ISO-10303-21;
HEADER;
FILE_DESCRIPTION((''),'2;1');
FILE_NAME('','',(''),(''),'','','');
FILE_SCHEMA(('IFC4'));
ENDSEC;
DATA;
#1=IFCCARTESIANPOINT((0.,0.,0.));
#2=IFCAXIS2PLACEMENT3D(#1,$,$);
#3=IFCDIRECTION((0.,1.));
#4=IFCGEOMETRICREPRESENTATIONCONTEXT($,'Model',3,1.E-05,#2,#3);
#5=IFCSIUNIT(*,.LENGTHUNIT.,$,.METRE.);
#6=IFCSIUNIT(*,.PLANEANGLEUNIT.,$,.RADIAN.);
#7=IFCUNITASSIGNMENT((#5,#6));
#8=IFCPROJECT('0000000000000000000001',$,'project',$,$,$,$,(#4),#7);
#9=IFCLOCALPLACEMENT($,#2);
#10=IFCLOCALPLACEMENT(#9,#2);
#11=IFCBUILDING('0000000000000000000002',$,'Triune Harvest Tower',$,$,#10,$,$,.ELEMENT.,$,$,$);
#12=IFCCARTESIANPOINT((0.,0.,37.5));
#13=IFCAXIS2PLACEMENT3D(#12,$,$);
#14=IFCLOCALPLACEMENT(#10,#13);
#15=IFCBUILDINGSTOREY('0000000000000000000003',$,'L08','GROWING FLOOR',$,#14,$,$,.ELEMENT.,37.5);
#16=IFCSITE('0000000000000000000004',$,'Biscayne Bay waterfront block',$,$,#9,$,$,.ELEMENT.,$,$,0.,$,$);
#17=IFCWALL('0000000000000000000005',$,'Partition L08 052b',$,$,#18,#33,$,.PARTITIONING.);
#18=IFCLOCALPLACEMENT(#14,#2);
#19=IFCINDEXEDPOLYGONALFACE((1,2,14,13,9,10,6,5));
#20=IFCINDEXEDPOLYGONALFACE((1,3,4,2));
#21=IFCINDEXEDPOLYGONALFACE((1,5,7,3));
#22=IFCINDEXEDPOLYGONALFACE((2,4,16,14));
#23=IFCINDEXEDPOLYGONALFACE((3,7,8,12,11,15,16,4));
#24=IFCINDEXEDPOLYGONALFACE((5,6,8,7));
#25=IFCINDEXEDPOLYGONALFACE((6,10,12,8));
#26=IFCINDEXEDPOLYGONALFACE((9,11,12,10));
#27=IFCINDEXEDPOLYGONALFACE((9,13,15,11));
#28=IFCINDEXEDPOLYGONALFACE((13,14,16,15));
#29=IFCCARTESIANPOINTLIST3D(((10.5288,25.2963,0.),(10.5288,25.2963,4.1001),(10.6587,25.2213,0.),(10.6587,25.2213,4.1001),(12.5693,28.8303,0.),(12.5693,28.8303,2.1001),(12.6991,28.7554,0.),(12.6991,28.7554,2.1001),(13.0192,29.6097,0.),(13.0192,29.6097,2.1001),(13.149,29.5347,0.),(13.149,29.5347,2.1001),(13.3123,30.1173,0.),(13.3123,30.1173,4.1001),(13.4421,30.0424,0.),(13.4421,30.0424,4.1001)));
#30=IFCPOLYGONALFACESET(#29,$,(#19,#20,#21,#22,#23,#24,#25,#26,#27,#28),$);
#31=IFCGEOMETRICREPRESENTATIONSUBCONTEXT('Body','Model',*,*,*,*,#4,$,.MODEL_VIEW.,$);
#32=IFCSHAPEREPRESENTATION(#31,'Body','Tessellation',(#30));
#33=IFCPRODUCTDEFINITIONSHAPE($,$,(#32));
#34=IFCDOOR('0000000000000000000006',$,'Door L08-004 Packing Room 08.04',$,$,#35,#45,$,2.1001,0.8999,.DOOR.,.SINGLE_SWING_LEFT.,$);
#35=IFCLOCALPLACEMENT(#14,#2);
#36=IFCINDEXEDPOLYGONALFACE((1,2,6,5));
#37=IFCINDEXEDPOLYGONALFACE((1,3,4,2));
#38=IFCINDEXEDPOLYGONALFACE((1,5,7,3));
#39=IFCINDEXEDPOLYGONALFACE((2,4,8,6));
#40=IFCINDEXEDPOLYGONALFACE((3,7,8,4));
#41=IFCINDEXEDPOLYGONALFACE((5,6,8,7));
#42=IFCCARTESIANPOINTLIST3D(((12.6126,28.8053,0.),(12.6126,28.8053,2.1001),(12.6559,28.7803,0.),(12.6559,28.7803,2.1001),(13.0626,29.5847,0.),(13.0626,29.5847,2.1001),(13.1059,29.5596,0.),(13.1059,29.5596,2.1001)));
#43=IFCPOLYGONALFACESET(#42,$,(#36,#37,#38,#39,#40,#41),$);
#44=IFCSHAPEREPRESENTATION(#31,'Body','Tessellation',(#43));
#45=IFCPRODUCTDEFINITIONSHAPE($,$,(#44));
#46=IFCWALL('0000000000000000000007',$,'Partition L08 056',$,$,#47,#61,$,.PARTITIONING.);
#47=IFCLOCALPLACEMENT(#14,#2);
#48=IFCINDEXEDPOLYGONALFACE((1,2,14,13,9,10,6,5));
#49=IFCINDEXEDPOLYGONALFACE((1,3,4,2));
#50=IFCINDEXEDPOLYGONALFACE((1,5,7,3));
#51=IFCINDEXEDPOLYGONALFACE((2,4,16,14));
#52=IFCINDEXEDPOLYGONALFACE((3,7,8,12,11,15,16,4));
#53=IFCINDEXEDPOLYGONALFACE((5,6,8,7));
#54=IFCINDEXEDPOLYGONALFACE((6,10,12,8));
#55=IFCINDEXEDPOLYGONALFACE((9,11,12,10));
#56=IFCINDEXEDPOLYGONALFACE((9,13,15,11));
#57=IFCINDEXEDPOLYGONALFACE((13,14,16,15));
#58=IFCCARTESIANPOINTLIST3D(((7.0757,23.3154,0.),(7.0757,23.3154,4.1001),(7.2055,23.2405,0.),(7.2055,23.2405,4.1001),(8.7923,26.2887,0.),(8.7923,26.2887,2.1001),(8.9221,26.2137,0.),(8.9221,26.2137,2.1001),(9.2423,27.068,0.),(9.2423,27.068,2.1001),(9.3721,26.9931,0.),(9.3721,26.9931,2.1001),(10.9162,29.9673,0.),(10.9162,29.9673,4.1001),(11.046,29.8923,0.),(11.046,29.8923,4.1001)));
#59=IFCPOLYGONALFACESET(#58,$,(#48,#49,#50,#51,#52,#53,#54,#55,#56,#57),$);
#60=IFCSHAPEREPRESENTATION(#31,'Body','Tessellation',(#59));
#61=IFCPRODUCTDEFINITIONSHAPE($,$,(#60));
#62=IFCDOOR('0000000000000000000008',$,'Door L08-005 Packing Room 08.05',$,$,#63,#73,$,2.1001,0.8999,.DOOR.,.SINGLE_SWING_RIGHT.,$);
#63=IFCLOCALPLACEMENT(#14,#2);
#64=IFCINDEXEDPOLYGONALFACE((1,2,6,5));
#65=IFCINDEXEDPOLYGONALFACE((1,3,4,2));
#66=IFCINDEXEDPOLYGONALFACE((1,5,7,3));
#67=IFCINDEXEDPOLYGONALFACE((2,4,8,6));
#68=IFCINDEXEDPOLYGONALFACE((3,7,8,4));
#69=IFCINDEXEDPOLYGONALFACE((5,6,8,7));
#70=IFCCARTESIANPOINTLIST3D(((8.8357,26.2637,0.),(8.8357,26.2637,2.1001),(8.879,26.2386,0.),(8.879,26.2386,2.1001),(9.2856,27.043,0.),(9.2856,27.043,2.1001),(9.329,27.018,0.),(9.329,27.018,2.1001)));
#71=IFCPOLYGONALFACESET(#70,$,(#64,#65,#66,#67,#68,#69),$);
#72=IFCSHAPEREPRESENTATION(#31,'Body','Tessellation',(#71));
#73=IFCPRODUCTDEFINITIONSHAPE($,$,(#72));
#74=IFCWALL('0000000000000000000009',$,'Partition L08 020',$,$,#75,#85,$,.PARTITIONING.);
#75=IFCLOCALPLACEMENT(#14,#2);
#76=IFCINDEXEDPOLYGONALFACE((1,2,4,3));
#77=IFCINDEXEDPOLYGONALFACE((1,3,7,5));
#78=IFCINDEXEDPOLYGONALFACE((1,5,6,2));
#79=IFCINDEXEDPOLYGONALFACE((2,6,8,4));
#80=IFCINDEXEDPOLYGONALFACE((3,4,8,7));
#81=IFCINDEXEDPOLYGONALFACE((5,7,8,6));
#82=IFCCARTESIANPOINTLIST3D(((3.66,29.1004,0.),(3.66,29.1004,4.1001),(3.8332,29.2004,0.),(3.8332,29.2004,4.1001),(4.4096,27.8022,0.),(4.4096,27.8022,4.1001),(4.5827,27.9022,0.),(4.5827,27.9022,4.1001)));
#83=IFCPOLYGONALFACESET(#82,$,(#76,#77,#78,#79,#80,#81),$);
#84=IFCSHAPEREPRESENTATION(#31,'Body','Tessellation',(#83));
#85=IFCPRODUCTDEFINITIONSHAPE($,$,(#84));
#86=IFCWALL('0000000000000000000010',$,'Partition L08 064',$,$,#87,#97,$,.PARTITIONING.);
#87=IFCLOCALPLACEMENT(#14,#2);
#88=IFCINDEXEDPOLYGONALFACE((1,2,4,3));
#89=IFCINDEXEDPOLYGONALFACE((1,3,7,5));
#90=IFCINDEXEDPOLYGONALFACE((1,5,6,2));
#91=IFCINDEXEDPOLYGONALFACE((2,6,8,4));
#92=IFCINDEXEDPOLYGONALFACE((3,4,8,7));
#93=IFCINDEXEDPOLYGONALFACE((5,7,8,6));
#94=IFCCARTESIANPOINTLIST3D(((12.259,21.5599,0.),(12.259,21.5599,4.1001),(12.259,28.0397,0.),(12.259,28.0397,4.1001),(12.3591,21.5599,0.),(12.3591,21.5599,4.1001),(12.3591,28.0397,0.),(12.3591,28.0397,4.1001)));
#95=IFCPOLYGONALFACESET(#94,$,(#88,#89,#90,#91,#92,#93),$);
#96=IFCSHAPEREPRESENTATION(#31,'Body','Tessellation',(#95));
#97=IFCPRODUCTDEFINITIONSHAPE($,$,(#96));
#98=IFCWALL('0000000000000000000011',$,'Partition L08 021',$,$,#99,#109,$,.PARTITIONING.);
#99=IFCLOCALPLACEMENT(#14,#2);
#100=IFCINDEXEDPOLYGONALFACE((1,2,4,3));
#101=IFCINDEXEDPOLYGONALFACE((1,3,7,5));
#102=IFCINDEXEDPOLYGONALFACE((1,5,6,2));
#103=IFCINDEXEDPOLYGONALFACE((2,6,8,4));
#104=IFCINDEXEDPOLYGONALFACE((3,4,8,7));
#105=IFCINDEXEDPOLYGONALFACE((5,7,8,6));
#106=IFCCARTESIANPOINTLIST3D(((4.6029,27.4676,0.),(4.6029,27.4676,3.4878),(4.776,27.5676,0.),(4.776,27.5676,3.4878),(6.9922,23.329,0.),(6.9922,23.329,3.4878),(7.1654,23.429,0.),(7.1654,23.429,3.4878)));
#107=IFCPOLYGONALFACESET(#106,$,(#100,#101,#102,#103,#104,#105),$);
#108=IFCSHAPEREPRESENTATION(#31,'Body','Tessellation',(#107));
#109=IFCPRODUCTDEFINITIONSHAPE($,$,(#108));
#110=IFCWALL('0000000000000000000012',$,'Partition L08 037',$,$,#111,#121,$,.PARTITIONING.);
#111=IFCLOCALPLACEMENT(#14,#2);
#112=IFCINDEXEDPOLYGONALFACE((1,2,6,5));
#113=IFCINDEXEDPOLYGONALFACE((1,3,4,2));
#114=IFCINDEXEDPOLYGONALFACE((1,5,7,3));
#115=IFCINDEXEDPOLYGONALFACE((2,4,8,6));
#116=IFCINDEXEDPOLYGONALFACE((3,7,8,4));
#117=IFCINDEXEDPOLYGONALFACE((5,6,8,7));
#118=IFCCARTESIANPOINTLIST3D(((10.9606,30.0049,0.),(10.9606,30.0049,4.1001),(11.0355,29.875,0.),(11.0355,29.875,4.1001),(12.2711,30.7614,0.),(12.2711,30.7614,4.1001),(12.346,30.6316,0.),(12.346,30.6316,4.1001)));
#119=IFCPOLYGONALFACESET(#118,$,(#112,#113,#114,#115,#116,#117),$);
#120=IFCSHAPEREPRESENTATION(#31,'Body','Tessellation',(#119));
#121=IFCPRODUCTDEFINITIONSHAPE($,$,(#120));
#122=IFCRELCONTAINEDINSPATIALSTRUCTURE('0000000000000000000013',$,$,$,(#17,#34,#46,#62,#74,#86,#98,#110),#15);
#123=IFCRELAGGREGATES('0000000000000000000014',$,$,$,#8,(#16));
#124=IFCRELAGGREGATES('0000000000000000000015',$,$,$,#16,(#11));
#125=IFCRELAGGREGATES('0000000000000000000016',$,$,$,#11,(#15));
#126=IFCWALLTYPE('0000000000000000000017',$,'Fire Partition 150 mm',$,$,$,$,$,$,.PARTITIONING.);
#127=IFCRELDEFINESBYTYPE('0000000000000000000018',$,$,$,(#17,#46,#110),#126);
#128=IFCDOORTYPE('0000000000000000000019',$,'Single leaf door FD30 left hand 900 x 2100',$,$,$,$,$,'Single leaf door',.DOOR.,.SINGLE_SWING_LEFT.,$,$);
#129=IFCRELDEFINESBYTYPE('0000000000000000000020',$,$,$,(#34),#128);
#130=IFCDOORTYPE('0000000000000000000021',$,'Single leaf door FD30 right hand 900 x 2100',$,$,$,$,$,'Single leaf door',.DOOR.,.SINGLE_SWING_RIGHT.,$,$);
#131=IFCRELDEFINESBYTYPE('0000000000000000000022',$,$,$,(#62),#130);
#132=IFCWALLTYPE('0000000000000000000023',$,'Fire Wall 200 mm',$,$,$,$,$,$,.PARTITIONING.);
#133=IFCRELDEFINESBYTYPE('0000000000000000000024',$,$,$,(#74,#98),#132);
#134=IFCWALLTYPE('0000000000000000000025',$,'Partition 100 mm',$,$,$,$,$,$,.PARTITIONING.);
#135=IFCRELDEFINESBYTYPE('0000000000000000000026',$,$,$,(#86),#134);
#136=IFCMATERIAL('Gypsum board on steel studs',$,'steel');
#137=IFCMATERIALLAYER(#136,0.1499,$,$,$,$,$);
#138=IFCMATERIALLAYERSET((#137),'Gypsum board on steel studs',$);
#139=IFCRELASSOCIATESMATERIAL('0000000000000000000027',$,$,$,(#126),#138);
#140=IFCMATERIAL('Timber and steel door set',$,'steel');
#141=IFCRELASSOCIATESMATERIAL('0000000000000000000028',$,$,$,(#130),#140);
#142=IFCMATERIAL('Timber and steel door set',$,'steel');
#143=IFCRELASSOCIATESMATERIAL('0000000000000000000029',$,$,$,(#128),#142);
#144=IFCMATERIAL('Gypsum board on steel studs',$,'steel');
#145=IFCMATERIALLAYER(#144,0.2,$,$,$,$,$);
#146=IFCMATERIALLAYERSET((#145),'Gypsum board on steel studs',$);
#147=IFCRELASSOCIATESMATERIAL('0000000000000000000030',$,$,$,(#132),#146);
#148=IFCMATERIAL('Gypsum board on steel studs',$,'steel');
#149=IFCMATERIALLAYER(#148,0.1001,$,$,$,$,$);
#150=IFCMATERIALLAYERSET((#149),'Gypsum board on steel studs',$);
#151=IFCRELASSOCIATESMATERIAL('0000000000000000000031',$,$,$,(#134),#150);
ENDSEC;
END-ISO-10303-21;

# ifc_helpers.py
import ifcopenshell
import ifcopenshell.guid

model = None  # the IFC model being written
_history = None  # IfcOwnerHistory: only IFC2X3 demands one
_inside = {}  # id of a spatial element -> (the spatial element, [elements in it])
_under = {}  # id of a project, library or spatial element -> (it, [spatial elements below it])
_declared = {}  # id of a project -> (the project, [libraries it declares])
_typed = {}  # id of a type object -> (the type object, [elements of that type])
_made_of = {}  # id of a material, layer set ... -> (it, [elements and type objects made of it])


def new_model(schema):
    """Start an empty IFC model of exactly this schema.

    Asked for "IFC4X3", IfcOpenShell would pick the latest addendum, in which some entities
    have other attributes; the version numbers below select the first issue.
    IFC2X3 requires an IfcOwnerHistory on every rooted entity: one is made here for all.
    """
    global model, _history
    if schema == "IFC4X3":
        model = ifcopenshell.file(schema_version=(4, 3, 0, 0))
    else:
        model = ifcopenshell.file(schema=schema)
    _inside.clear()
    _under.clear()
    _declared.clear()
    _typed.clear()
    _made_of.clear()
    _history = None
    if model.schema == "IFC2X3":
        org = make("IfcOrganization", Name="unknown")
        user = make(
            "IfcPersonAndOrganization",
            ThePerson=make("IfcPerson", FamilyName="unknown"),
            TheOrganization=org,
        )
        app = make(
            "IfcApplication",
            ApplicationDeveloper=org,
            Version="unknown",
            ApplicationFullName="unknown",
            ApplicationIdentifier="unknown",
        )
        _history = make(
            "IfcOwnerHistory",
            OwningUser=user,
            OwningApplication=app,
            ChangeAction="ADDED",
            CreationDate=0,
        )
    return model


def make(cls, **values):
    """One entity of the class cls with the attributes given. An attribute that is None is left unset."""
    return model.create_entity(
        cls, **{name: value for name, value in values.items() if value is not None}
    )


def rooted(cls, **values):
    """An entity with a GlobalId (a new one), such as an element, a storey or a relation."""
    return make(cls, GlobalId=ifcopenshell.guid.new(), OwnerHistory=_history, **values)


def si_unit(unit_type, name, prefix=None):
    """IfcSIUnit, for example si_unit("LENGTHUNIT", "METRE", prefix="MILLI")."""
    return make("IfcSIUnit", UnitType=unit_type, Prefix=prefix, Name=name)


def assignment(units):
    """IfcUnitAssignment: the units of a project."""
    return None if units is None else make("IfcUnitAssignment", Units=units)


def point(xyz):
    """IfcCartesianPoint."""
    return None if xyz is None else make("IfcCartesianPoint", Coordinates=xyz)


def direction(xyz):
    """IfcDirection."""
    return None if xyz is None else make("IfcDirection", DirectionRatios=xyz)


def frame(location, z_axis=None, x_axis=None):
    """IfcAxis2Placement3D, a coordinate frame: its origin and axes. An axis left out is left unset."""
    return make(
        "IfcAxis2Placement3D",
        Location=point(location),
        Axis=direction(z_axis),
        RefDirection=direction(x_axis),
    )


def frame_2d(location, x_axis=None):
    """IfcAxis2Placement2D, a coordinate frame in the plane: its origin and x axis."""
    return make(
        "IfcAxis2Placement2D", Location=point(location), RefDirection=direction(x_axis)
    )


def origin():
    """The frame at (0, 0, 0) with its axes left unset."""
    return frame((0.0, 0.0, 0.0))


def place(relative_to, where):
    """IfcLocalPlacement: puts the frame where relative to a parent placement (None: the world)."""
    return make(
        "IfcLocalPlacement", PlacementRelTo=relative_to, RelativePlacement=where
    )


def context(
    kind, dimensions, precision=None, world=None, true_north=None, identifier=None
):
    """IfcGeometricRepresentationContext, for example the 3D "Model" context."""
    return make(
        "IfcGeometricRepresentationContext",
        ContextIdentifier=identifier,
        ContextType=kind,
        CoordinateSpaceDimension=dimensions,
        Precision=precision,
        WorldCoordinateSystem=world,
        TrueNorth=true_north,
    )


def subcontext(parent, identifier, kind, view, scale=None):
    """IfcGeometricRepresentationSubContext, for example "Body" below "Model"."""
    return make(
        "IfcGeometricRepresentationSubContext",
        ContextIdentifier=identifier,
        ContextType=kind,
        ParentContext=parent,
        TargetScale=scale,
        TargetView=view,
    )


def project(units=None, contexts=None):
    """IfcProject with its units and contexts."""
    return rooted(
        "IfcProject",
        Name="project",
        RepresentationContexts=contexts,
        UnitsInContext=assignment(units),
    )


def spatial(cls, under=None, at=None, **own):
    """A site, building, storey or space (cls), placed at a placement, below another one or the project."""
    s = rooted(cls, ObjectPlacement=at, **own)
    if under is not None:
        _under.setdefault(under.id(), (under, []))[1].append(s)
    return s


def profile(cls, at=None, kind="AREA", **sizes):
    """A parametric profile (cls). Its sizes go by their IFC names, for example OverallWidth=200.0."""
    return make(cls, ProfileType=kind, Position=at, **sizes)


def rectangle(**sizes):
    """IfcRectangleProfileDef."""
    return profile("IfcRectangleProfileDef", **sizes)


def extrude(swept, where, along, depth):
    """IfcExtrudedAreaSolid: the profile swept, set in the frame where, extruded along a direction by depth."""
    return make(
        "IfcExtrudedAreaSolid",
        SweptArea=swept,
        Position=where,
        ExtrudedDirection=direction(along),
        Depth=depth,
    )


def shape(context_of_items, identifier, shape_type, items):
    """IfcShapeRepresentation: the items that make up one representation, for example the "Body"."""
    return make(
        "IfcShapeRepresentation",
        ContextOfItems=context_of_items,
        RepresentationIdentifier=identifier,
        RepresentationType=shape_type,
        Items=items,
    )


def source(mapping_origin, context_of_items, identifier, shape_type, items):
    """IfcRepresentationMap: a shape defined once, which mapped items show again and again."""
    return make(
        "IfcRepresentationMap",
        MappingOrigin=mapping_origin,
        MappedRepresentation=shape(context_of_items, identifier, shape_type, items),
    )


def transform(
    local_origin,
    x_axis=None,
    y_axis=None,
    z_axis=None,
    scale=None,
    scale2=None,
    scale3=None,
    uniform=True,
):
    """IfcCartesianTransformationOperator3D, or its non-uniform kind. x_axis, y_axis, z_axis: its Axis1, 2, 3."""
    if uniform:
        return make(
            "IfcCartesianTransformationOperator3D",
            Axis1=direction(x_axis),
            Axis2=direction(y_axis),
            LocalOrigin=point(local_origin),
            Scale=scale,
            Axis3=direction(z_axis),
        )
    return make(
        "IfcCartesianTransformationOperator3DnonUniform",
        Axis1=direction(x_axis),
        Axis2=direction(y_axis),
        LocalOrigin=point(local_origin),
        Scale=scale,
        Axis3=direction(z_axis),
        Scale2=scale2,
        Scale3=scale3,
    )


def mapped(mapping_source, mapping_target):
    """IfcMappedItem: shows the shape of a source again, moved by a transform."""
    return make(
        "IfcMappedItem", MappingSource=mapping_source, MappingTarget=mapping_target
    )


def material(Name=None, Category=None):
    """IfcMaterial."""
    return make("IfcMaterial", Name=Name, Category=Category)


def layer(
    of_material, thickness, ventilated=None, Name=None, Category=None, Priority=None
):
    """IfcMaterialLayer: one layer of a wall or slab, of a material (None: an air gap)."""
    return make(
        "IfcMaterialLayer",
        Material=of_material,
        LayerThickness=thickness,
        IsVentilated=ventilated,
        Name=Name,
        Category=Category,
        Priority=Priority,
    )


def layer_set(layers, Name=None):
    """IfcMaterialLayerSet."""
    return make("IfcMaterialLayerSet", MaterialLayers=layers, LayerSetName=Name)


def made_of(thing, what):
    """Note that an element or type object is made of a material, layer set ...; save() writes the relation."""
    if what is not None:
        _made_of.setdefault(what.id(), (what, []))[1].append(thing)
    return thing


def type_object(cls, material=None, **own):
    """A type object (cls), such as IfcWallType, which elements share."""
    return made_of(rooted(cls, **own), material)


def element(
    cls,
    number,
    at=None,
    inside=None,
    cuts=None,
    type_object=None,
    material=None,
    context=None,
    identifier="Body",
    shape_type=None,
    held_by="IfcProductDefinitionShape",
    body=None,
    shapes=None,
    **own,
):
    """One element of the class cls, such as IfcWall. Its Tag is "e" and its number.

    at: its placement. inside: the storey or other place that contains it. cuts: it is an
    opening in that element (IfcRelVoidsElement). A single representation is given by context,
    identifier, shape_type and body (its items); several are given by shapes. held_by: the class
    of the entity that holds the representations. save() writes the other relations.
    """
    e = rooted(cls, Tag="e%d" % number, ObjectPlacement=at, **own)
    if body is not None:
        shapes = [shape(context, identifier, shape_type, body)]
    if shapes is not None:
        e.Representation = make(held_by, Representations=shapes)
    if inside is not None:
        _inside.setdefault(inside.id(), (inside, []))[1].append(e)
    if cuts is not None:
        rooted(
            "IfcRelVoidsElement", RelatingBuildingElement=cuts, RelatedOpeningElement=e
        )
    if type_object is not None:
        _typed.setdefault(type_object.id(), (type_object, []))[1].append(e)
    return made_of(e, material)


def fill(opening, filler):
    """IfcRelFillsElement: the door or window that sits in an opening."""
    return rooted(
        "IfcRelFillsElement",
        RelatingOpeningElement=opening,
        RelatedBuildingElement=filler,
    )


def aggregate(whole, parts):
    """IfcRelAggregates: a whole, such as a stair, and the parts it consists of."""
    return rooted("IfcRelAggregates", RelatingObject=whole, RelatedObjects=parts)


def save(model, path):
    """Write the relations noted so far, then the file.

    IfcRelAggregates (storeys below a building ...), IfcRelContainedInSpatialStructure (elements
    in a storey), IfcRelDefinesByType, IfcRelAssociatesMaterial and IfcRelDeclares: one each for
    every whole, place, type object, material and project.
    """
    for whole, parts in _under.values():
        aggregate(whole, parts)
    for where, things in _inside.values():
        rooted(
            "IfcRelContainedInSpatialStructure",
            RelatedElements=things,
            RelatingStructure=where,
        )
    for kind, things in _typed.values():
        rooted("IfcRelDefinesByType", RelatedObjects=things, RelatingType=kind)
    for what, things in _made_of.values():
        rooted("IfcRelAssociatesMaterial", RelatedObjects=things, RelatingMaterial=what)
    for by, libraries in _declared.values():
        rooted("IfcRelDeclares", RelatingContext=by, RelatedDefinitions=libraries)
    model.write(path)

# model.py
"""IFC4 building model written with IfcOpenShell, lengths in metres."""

from ifc_helpers import new_model, si_unit, direction, frame, frame_2d, origin, place, context, subcontext, project, spatial, rectangle, extrude, source, transform, mapped, material, layer, layer_set, type_object, element, fill, save


model = new_model("IFC4")

# Units and contexts
model_context = context("Model", 3, precision=1e-05, world=origin(), true_north=direction((0.0, 1.0)))
body_context = subcontext(model_context, "Body", "Model", "MODEL_VIEW")
ifc_project = project(units=[si_unit("LENGTHUNIT", "METRE"), si_unit("PLANEANGLEUNIT", "RADIAN")], contexts=[model_context])

# Site, building, storey
site_placement = place(None, origin())
site = spatial("IfcSite", under=ifc_project, at=site_placement, Name="Biscayne Bay waterfront block", CompositionType="ELEMENT", RefElevation=0.0)
building_placement = place(site_placement, origin())
building = spatial("IfcBuilding", under=site, at=building_placement, Name="Triune Harvest Tower", CompositionType="ELEMENT")
storey_placement = place(building_placement, frame((0.0, 0.0, 37.5)))
storey = spatial("IfcBuildingStorey", under=building, at=storey_placement, Name="L08", Description="GROWING FLOOR", CompositionType="ELEMENT", Elevation=37.5)

# Walls, openings, doors
ifc_material_1 = material(Name="Gypsum board on steel studs", Category="steel")
ifc_layer_1 = layer(ifc_material_1, 0.1499)
ifc_layer_set_1 = layer_set([ifc_layer_1], Name="Gypsum board on steel studs")
wall_type_1 = type_object("IfcWallType", Name="Fire Partition 150 mm", PredefinedType="PARTITIONING", material=ifc_layer_set_1)
ifc_material_2 = material(Name="Timber and steel door set", Category="steel")
door_type_1 = type_object("IfcDoorType", Name="Single leaf door FD30 right hand 900 x 2100", ElementType="Single leaf door", OperationType="SINGLE_SWING_RIGHT", PredefinedType="DOOR", material=ifc_material_2)
wall_1_placement = place(storey_placement, frame((10.5938, 25.2588, 0.0), z_axis=(0.0, 0.0, 1.0), x_axis=(0.500002, 0.866024, 0.0)))
wall_1 = element("IfcWall", 1, at=wall_1_placement, inside=storey, type_object=wall_type_1, Name="Partition L08 052b", PredefinedType="PARTITIONING", context=body_context, shape_type="SweptSolid", body=[
    extrude(rectangle(XDim=5.5669, YDim=0.1499, at=frame_2d((2.7834, 0.0))), origin(), (0.0, 0.0, 1.0), 4.1001),
])
opening_1_placement = place(wall_1_placement, frame((4.0808, 0.0, 0.0)))
opening_1 = element("IfcOpeningElement", 2, at=opening_1_placement, cuts=wall_1, PredefinedType="OPENING", context=body_context, shape_type="SweptSolid", body=[
    extrude(rectangle(XDim=0.8999, YDim=2.1001, at=frame_2d((0.45, 1.05))), frame((0.0, 0.085, 0.0), z_axis=(0.0, -1.0, 0.0), x_axis=(1.0, 0.0, 0.0)), (0.0, 0.0, 1.0), 0.1699),
])
ifc_material_3 = material(Name="Timber and steel door set", Category="steel")
door_type_2 = type_object("IfcDoorType", Name="Single leaf door FD30 left hand 900 x 2100", ElementType="Single leaf door", OperationType="SINGLE_SWING_LEFT", PredefinedType="DOOR", material=ifc_material_3)
door_1_placement = place(opening_1_placement, origin())
door_1 = element("IfcDoor", 3, at=door_1_placement, inside=storey, type_object=door_type_2, Name="Door L08-004 Packing Room 08.04", OperationType="SINGLE_SWING_LEFT", OverallHeight=2.1001, OverallWidth=0.8999, PredefinedType="DOOR", context=body_context, shape_type="SweptSolid", body=[
    extrude(rectangle(XDim=0.8999, YDim=2.1001, at=frame_2d((0.45, 1.05))), frame((0.0, 0.0249, 0.0), z_axis=(0.0, -1.0, 0.0), x_axis=(1.0, 0.0, 0.0)), (0.0, 0.0, 1.0), 0.05),
])
fill(opening_1, door_1)
wall_2_placement = place(storey_placement, frame((7.1406, 23.2781, 0.0), z_axis=(0.0, 0.0, 1.0), x_axis=(0.500012, 0.866018, 0.0)))
wall_2 = element("IfcWall", 4, at=wall_2_placement, inside=storey, type_object=wall_type_1, Name="Partition L08 056", PredefinedType="PARTITIONING", context=body_context, shape_type="SweptSolid", body=[
    extrude(rectangle(XDim=7.6809, YDim=0.1499, at=frame_2d((3.8403, 0.0))), origin(), (0.0, 0.0, 1.0), 4.1001),
])
opening_2_placement = place(wall_2_placement, frame((3.4331, 0.0, 0.0)))
opening_2 = element("IfcOpeningElement", 5, at=opening_2_placement, cuts=wall_2, PredefinedType="OPENING", context=body_context, shape_type="SweptSolid", body=[
    extrude(rectangle(XDim=0.8999, YDim=2.1001, at=frame_2d((0.45, 1.05))), frame((0.0, 0.085, 0.0), z_axis=(0.0, -1.0, 0.0), x_axis=(1.0, 0.0, 0.0)), (0.0, 0.0, 1.0), 0.1699),
])
door_2_placement = place(opening_2_placement, origin())
door_2 = element("IfcDoor", 6, at=door_2_placement, inside=storey, type_object=door_type_1, Name="Door L08-005 Packing Room 08.05", OperationType="SINGLE_SWING_RIGHT", OverallHeight=2.1001, OverallWidth=0.8999, PredefinedType="DOOR", context=body_context, shape_type="SweptSolid", body=[
    extrude(rectangle(XDim=0.8999, YDim=2.1001, at=frame_2d((0.45, 1.05))), frame((0.0, 0.0249, 0.0), z_axis=(0.0, -1.0, 0.0), x_axis=(1.0, 0.0, 0.0)), (0.0, 0.0, 1.0), 0.05),
])
fill(opening_2, door_2)

# Walls
ifc_material_4 = material(Name="Gypsum board on steel studs", Category="steel")
ifc_layer_2 = layer(ifc_material_4, 0.2)
ifc_layer_set_2 = layer_set([ifc_layer_2], Name="Gypsum board on steel studs")
wall_type_2 = type_object("IfcWallType", Name="Fire Wall 200 mm", PredefinedType="PARTITIONING", material=ifc_layer_set_2)
wall_3_placement = place(storey_placement, frame((3.7466, 29.1504, 0.0), z_axis=(0.0, 0.0, 1.0), x_axis=(0.500028, -0.866009, 0.0)))
element("IfcWall", 7, at=wall_3_placement, inside=storey, type_object=wall_type_2, Name="Partition L08 020", PredefinedType="PARTITIONING", context=body_context, shape_type="SweptSolid", body=[
    extrude(rectangle(XDim=1.499, YDim=0.2, at=frame_2d((0.7495, 0.0))), origin(), (0.0, 0.0, 1.0), 4.1001),
])
ifc_material_5 = material(Name="Gypsum board on steel studs", Category="steel")
ifc_layer_3 = layer(ifc_material_5, 0.1001)
ifc_layer_set_3 = layer_set([ifc_layer_3], Name="Gypsum board on steel studs")
wall_type_3 = type_object("IfcWallType", Name="Partition 100 mm", PredefinedType="PARTITIONING", material=ifc_layer_set_3)
wall_4_placement = place(storey_placement, frame((12.3091, 21.5601, 0.0), z_axis=(0.0, 0.0, 1.0), x_axis=(0.0, 1.0, 0.0)))
element("IfcWall", 8, at=wall_4_placement, inside=storey, type_object=wall_type_3, Name="Partition L08 064", PredefinedType="PARTITIONING", context=body_context, shape_type="SweptSolid", body=[
    extrude(rectangle(XDim=6.4797, YDim=0.1001, at=frame_2d((3.2397, 0.0))), origin(), (0.0, 0.0, 1.0), 4.1001),
])
shared_shape_1 = source(origin(), body_context, "Body", "SweptSolid", [
    extrude(rectangle(XDim=4.7788, YDim=0.2, at=frame_2d((2.3894, 0.0))), origin(), (0.0, 0.0, 1.0), 3.4878),
])
wall_5_placement = place(storey_placement, frame((4.6895, 27.5176, 0.0), z_axis=(0.0, 0.0, 1.0), x_axis=(0.499991, -0.866031, 0.0)))
element("IfcWall", 9, at=wall_5_placement, inside=storey, type_object=wall_type_2, Name="Partition L08 021", PredefinedType="PARTITIONING", context=body_context, shape_type="MappedRepresentation", body=[
    mapped(shared_shape_1, transform((0.0, 0.0, 0.0), scale=1.0)),
])
shared_shape_2 = source(origin(), body_context, "Body", "SweptSolid", [
    extrude(rectangle(XDim=1.5132, YDim=0.1499, at=frame_2d((0.7566, 0.0))), origin(), (0.0, 0.0, 1.0), 4.1001),
])
wall_6_placement = place(storey_placement, frame((10.998, 29.9399, 0.0), z_axis=(0.0, 0.0, 1.0), x_axis=(0.866041, 0.499974, 0.0)))
element("IfcWall", 10, at=wall_6_placement, inside=storey, type_object=wall_type_1, Name="Partition L08 037", PredefinedType="PARTITIONING", context=body_context, shape_type="MappedRepresentation", body=[
    mapped(shared_shape_2, transform((0.0, 0.0, 0.0), scale=1.0)),
])

save(model, "model.ifc")
